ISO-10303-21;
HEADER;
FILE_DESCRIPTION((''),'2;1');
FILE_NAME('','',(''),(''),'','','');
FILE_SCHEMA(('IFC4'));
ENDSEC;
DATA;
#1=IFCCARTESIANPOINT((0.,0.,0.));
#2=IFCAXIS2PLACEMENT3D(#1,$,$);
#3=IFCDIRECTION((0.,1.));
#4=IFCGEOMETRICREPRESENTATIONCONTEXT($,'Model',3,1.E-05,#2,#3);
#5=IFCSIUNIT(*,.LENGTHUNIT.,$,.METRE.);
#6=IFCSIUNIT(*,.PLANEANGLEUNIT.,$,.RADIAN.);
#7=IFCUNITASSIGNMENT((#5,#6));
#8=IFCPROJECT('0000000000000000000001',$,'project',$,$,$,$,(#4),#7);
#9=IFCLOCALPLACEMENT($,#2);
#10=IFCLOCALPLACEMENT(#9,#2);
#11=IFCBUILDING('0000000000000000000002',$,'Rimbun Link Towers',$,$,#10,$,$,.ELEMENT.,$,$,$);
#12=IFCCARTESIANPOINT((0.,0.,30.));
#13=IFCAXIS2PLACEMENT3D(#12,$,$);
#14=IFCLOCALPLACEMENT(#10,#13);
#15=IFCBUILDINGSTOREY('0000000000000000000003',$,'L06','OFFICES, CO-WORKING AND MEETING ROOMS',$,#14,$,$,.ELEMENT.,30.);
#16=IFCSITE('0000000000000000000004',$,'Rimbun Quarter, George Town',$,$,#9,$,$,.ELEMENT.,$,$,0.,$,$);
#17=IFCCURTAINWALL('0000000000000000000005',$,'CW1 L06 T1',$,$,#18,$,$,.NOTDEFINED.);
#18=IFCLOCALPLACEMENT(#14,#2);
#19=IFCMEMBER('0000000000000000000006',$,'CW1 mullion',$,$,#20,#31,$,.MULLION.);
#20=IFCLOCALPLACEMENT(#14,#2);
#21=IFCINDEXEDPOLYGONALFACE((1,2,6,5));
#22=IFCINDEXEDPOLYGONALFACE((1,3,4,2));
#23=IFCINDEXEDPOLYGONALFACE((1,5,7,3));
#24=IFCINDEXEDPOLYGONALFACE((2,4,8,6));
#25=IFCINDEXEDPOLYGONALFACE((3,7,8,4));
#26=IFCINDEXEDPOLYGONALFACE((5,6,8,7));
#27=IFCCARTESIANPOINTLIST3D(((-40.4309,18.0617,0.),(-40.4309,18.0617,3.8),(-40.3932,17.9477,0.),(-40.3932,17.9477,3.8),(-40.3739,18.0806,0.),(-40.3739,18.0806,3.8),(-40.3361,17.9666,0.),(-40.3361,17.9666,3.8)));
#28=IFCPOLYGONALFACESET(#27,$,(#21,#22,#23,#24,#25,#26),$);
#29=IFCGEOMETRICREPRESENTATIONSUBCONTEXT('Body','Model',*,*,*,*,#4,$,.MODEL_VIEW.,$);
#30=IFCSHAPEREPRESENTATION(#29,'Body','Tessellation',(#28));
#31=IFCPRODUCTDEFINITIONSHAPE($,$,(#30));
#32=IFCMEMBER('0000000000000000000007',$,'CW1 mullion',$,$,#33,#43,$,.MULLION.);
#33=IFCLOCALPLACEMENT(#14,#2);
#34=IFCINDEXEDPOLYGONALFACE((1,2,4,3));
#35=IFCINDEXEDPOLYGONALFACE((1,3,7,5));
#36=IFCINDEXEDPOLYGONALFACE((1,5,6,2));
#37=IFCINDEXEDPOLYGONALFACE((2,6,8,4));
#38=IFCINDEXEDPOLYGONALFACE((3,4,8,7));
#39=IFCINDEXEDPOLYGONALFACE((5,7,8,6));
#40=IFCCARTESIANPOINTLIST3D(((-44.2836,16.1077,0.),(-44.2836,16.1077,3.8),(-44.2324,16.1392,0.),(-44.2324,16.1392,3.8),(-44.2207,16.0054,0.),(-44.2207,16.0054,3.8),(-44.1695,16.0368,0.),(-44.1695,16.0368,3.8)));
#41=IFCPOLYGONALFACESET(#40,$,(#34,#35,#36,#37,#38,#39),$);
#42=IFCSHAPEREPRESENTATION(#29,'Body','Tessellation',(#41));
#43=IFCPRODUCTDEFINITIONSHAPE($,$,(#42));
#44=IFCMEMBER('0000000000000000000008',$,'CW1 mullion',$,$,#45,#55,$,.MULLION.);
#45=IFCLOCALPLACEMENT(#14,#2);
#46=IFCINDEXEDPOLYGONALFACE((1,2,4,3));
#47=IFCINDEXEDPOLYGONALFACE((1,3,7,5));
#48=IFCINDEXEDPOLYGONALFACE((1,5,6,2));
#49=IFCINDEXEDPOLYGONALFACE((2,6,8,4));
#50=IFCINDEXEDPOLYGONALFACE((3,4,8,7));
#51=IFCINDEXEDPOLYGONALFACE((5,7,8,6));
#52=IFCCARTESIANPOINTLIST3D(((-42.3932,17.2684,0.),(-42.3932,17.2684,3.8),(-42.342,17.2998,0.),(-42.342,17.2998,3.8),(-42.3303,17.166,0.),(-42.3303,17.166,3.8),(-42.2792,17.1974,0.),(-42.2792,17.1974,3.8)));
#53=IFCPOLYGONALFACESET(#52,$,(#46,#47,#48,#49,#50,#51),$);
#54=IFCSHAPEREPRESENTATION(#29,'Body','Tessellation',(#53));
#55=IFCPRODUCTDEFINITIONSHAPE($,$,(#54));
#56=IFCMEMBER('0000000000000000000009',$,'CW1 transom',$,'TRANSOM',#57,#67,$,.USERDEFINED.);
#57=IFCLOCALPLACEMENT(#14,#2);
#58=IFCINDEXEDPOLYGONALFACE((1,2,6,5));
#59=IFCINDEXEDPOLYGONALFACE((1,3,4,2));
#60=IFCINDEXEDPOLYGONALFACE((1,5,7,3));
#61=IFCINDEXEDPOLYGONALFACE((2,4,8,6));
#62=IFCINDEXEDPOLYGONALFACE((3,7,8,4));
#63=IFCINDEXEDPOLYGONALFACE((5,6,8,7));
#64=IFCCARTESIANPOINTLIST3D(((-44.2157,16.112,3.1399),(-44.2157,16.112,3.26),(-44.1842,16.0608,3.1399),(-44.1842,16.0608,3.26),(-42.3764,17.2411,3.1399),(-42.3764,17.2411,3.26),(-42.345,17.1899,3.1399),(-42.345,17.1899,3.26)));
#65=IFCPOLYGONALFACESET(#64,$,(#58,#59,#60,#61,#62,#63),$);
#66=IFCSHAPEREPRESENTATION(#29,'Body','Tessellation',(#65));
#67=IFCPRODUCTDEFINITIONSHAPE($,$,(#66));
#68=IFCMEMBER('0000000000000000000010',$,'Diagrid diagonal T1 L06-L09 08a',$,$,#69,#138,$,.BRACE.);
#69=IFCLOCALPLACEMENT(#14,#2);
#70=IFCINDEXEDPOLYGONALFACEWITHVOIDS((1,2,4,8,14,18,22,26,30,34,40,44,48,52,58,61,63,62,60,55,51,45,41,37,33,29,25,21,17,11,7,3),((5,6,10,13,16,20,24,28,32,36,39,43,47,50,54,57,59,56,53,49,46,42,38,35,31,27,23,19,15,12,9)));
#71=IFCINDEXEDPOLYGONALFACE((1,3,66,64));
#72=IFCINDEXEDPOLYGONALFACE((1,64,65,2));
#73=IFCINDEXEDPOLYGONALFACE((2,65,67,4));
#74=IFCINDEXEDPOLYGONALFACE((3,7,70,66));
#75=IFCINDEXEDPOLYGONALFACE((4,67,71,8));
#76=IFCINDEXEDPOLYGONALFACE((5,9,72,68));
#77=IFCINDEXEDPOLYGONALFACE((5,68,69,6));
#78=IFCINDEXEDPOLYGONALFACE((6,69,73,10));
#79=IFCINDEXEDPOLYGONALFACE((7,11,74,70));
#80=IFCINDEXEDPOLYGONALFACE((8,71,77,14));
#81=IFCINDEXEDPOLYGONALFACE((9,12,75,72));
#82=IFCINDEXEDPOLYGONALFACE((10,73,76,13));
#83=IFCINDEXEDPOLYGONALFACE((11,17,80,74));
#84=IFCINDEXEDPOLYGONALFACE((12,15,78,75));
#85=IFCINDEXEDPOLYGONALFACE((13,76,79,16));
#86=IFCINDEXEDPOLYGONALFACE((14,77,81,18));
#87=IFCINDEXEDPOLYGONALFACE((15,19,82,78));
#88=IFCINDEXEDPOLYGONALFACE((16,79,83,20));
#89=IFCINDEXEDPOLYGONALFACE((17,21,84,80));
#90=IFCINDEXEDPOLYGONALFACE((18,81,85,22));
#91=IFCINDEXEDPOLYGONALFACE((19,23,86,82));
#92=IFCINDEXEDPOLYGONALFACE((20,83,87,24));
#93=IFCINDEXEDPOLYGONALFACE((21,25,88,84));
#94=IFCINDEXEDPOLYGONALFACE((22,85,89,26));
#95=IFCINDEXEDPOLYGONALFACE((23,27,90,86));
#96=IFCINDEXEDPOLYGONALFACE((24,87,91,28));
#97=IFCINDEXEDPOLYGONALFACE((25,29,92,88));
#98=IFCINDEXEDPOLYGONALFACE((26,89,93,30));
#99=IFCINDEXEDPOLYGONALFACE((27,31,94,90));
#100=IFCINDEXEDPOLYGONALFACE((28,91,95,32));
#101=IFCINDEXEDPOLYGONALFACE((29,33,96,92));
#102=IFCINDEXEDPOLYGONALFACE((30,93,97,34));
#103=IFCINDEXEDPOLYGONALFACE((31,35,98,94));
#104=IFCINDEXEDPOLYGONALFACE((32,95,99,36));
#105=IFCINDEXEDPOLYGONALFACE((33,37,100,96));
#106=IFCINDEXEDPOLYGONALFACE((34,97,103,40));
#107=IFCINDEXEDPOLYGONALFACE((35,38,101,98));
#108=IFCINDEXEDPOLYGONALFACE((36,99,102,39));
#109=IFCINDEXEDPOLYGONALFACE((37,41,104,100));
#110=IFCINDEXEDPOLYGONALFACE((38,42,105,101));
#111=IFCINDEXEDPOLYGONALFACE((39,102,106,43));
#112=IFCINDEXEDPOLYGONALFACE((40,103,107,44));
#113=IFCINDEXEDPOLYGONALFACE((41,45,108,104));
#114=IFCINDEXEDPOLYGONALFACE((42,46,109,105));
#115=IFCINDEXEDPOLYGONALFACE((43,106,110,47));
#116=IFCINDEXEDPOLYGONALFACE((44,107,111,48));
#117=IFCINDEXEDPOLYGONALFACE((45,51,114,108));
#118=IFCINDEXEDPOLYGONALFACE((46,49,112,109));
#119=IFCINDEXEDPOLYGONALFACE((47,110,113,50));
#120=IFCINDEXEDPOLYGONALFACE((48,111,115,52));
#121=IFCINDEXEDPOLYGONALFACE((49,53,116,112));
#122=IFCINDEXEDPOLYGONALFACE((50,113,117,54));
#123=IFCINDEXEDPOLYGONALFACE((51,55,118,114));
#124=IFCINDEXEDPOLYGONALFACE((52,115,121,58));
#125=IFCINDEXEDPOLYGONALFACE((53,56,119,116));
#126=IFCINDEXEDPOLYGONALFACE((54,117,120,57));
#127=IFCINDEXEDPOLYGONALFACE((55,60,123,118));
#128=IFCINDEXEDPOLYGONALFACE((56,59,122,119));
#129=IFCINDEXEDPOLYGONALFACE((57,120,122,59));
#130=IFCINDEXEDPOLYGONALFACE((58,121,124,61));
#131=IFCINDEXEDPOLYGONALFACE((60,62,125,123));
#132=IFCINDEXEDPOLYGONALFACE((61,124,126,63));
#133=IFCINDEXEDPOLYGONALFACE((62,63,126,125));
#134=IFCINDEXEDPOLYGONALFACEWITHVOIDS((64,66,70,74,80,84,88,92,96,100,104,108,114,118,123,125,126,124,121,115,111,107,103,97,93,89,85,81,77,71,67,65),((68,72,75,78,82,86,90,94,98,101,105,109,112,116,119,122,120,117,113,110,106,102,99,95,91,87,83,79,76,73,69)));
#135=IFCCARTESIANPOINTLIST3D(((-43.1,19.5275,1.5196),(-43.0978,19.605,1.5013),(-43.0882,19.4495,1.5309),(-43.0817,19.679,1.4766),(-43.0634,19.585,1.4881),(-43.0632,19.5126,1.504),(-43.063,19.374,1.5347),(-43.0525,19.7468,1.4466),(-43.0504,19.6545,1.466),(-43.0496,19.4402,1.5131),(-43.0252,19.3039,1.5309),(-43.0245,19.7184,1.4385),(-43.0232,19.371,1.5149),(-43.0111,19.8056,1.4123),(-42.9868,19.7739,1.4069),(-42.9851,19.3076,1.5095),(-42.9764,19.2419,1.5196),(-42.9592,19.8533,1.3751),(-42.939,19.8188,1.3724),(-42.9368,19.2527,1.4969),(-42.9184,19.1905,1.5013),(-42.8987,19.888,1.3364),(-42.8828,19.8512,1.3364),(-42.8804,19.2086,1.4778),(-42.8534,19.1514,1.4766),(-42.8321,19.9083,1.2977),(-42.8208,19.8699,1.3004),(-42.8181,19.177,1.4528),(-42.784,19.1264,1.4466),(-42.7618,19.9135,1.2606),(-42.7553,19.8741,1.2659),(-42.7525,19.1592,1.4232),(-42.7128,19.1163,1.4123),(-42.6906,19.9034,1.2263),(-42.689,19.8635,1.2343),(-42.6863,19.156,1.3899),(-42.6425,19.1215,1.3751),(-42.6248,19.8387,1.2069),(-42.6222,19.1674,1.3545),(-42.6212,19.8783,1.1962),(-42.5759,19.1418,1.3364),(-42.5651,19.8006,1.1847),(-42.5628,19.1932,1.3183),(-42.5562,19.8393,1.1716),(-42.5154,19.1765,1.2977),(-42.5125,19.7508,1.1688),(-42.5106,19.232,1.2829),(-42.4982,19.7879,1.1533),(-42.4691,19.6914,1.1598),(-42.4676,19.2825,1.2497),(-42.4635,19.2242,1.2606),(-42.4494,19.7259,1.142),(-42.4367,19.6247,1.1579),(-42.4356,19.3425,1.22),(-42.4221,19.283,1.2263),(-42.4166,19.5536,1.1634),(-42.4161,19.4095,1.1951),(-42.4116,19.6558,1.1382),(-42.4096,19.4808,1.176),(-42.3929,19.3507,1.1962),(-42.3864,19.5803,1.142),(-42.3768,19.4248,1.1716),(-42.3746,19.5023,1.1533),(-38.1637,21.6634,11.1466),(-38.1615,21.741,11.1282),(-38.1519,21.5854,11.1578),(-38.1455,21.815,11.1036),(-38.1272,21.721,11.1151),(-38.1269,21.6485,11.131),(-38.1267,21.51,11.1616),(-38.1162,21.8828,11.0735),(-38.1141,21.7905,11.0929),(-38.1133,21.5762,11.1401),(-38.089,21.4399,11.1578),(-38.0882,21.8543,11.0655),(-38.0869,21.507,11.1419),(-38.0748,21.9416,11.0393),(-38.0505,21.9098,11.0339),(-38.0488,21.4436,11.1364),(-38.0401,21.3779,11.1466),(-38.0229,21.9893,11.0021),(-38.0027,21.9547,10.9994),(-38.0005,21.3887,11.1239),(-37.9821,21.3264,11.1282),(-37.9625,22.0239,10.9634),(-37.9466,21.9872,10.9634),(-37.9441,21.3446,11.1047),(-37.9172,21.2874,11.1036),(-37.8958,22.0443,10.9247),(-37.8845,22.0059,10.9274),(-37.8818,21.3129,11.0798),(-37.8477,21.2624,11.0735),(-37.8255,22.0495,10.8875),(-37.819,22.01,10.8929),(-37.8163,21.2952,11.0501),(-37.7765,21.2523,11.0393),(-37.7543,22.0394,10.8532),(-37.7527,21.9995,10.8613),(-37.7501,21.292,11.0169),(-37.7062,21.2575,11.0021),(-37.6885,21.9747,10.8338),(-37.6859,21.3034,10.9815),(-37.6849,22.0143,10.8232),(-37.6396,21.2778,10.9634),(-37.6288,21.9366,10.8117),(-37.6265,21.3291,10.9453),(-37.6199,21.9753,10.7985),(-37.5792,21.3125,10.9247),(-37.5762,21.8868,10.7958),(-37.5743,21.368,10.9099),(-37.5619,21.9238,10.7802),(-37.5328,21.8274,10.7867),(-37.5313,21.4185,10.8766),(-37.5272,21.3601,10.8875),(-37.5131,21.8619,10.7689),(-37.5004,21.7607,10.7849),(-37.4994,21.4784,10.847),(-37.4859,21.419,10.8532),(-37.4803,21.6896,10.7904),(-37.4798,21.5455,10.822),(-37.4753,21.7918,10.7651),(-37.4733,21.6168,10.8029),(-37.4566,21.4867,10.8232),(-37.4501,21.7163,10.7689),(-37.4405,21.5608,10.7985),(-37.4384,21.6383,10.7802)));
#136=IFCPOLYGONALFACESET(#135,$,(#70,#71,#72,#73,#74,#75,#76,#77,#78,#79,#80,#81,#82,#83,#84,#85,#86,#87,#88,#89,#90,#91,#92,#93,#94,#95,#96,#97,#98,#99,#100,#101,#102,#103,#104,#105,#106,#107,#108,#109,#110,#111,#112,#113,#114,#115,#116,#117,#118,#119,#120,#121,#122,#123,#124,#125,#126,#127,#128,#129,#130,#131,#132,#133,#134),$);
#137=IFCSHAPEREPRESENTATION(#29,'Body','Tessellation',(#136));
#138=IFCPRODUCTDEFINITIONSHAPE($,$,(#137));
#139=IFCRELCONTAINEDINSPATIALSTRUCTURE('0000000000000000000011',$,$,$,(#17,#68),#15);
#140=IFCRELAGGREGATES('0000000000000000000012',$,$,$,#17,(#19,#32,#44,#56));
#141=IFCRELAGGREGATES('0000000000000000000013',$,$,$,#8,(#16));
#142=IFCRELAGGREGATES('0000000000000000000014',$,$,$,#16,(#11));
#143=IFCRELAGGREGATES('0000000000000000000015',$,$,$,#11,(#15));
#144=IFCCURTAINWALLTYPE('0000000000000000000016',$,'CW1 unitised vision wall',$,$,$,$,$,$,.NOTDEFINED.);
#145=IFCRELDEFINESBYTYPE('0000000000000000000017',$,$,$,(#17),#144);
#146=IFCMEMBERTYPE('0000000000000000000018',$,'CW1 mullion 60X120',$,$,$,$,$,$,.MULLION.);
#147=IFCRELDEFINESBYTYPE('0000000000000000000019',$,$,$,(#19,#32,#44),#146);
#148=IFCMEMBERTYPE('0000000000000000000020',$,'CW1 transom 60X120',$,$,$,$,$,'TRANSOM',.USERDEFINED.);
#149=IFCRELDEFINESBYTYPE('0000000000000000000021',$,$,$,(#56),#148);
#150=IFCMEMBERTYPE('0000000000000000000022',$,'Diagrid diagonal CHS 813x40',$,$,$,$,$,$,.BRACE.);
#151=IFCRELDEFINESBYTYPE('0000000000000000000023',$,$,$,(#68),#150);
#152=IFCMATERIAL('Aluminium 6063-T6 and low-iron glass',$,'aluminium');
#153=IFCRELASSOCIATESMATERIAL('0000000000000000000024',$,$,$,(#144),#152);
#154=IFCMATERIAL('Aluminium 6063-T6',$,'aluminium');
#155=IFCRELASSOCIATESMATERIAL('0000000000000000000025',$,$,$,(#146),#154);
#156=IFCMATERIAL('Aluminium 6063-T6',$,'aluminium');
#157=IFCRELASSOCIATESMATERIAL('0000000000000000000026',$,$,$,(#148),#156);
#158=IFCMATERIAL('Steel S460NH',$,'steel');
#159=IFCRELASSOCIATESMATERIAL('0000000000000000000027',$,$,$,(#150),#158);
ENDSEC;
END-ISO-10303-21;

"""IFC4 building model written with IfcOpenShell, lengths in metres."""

from ifc_helpers import new_model, si_unit, direction, frame, origin, origin_2d, place, context, subcontext, project, spatial, rectangle, hollow_circle, extrude, material, material_profile, profile_set, type_object, element, aggregate, save


model = new_model("IFC4")

# Units and contexts
model_context = context("Model", 3, precision=1e-05, world=origin(), true_north=direction((0.0, 1.0)))
body_context = subcontext(model_context, "Body", "Model", "MODEL_VIEW")
ifc_project = project(units=[si_unit("LENGTHUNIT", "METRE"), si_unit("PLANEANGLEUNIT", "RADIAN")], contexts=[model_context])

# Site, building, storey
site_placement = place(None, origin())
site = spatial("IfcSite", under=ifc_project, at=site_placement, Name="Rimbun Quarter, George Town", CompositionType="ELEMENT", RefElevation=0.0)
building_placement = place(site_placement, origin())
building = spatial("IfcBuilding", under=site, at=building_placement, Name="Rimbun Link Towers", CompositionType="ELEMENT")
storey_placement = place(building_placement, frame((0.0, 0.0, 30.0)))
storey = spatial("IfcBuildingStorey", under=building, at=storey_placement, Name="L06", Description="OFFICES, CO-WORKING AND MEETING ROOMS", CompositionType="ELEMENT", Elevation=30.0)

# Curtain wall, members
ifc_material_1 = material(Name="Aluminium 6063-T6 and low-iron glass", Category="aluminium")
curtain_wall_type = type_object("IfcCurtainWallType", Name="CW1 unitised vision wall", PredefinedType="NOTDEFINED", material=ifc_material_1)
curtain_wall_placement = place(storey_placement, origin())
curtain_wall = element("IfcCurtainWall", 1, at=curtain_wall_placement, inside=storey, type_object=curtain_wall_type, Name="CW1 L06 T1", PredefinedType="NOTDEFINED")
ifc_material_2 = material(Name="Aluminium 6063-T6", Category="aluminium")
ifc_material_profile_1 = material_profile(ifc_material_2, rectangle(XDim=0.1201, YDim=0.0601, at=origin_2d()), Name="MULLION 60X120")
ifc_profile_set_1 = profile_set([ifc_material_profile_1], Name="Aluminium 6063-T6")
member_type_1 = type_object("IfcMemberType", Name="CW1 mullion 60X120", PredefinedType="MULLION", material=ifc_profile_set_1)
member_1_placement = place(storey_placement, frame((-40.3835, 18.0142, 0.0), z_axis=(0.0, 0.0, 1.0), x_axis=(-0.314564, 0.949236, 0.0)))
member_1 = element("IfcMember", 2, at=member_1_placement, type_object=member_type_1, Name="CW1 mullion", PredefinedType="MULLION", context=body_context, shape_type="SweptSolid", body=[
    extrude(rectangle(XDim=0.1201, YDim=0.0601, at=origin_2d()), origin(), (0.0, 0.0, 1.0), 3.8),
])
member_2_placement = place(storey_placement, frame((-44.2266, 16.0723, 0.0), z_axis=(0.0, 0.0, 1.0), x_axis=(-0.523232, 0.85219, 0.0)))
member_2 = element("IfcMember", 3, at=member_2_placement, type_object=member_type_1, Name="CW1 mullion", PredefinedType="MULLION", context=body_context, shape_type="SweptSolid", body=[
    extrude(rectangle(XDim=0.1201, YDim=0.0601, at=origin_2d()), origin(), (0.0, 0.0, 1.0), 3.8),
])
member_3_placement = place(storey_placement, frame((-42.3362, 17.2329, 0.0), z_axis=(0.0, 0.0, 1.0), x_axis=(-0.523232, 0.85219, 0.0)))
member_3 = element("IfcMember", 4, at=member_3_placement, type_object=member_type_1, Name="CW1 mullion", PredefinedType="MULLION", context=body_context, shape_type="SweptSolid", body=[
    extrude(rectangle(XDim=0.1201, YDim=0.0601, at=origin_2d()), origin(), (0.0, 0.0, 1.0), 3.8),
])
ifc_material_3 = material(Name="Aluminium 6063-T6", Category="aluminium")
ifc_material_profile_2 = material_profile(ifc_material_3, rectangle(XDim=0.0601, YDim=0.1201, at=origin_2d()), Name="TRANSOM 60X120")
ifc_profile_set_2 = profile_set([ifc_material_profile_2], Name="Aluminium 6063-T6")
member_type_2 = type_object("IfcMemberType", Name="CW1 transom 60X120", ElementType="TRANSOM", PredefinedType="USERDEFINED", material=ifc_profile_set_2)
member_4_placement = place(storey_placement, frame((-44.2, 16.0864, 3.2), z_axis=(0.852229, 0.523169, 0.0), x_axis=(-0.523169, 0.852229, 0.0)))
member_4 = element("IfcMember", 5, at=member_4_placement, type_object=member_type_2, Name="CW1 transom", ObjectType="TRANSOM", PredefinedType="USERDEFINED", context=body_context, shape_type="SweptSolid", body=[
    extrude(rectangle(XDim=0.0601, YDim=0.1201, at=origin_2d()), origin(), (0.0, 0.0, 1.0), 2.1582),
])

# Member
ifc_material_4 = material(Name="Steel S460NH", Category="steel")
ifc_material_profile_3 = material_profile(ifc_material_4, hollow_circle(Radius=0.4065, WallThickness=0.04, at=origin_2d()), Name="Diagrid diagonal CHS 813x40")
ifc_profile_set_3 = profile_set([ifc_material_profile_3], Name="Steel S460NH")
member_type_3 = type_object("IfcMemberType", Name="Diagrid diagonal CHS 813x40", PredefinedType="BRACE", material=ifc_profile_set_3)
member_5_placement = place(storey_placement, frame((-42.7373, 19.5149, 1.3364), z_axis=(0.44763, 0.193695, 0.872989), x_axis=(-0.397127, 0.917764, 0.0)))
element("IfcMember", 6, at=member_5_placement, inside=storey, type_object=member_type_3, Name="Diagrid diagonal T1 L06-L09 08a", PredefinedType="BRACE", context=body_context, shape_type="SweptSolid", body=[
    extrude(hollow_circle(Radius=0.4065, WallThickness=0.04, at=origin_2d()), origin(), (0.0, 0.0, 1.0), 11.0276),
])

aggregate(curtain_wall, [member_1, member_2, member_3, member_4])

save(model, "model.ifc")
